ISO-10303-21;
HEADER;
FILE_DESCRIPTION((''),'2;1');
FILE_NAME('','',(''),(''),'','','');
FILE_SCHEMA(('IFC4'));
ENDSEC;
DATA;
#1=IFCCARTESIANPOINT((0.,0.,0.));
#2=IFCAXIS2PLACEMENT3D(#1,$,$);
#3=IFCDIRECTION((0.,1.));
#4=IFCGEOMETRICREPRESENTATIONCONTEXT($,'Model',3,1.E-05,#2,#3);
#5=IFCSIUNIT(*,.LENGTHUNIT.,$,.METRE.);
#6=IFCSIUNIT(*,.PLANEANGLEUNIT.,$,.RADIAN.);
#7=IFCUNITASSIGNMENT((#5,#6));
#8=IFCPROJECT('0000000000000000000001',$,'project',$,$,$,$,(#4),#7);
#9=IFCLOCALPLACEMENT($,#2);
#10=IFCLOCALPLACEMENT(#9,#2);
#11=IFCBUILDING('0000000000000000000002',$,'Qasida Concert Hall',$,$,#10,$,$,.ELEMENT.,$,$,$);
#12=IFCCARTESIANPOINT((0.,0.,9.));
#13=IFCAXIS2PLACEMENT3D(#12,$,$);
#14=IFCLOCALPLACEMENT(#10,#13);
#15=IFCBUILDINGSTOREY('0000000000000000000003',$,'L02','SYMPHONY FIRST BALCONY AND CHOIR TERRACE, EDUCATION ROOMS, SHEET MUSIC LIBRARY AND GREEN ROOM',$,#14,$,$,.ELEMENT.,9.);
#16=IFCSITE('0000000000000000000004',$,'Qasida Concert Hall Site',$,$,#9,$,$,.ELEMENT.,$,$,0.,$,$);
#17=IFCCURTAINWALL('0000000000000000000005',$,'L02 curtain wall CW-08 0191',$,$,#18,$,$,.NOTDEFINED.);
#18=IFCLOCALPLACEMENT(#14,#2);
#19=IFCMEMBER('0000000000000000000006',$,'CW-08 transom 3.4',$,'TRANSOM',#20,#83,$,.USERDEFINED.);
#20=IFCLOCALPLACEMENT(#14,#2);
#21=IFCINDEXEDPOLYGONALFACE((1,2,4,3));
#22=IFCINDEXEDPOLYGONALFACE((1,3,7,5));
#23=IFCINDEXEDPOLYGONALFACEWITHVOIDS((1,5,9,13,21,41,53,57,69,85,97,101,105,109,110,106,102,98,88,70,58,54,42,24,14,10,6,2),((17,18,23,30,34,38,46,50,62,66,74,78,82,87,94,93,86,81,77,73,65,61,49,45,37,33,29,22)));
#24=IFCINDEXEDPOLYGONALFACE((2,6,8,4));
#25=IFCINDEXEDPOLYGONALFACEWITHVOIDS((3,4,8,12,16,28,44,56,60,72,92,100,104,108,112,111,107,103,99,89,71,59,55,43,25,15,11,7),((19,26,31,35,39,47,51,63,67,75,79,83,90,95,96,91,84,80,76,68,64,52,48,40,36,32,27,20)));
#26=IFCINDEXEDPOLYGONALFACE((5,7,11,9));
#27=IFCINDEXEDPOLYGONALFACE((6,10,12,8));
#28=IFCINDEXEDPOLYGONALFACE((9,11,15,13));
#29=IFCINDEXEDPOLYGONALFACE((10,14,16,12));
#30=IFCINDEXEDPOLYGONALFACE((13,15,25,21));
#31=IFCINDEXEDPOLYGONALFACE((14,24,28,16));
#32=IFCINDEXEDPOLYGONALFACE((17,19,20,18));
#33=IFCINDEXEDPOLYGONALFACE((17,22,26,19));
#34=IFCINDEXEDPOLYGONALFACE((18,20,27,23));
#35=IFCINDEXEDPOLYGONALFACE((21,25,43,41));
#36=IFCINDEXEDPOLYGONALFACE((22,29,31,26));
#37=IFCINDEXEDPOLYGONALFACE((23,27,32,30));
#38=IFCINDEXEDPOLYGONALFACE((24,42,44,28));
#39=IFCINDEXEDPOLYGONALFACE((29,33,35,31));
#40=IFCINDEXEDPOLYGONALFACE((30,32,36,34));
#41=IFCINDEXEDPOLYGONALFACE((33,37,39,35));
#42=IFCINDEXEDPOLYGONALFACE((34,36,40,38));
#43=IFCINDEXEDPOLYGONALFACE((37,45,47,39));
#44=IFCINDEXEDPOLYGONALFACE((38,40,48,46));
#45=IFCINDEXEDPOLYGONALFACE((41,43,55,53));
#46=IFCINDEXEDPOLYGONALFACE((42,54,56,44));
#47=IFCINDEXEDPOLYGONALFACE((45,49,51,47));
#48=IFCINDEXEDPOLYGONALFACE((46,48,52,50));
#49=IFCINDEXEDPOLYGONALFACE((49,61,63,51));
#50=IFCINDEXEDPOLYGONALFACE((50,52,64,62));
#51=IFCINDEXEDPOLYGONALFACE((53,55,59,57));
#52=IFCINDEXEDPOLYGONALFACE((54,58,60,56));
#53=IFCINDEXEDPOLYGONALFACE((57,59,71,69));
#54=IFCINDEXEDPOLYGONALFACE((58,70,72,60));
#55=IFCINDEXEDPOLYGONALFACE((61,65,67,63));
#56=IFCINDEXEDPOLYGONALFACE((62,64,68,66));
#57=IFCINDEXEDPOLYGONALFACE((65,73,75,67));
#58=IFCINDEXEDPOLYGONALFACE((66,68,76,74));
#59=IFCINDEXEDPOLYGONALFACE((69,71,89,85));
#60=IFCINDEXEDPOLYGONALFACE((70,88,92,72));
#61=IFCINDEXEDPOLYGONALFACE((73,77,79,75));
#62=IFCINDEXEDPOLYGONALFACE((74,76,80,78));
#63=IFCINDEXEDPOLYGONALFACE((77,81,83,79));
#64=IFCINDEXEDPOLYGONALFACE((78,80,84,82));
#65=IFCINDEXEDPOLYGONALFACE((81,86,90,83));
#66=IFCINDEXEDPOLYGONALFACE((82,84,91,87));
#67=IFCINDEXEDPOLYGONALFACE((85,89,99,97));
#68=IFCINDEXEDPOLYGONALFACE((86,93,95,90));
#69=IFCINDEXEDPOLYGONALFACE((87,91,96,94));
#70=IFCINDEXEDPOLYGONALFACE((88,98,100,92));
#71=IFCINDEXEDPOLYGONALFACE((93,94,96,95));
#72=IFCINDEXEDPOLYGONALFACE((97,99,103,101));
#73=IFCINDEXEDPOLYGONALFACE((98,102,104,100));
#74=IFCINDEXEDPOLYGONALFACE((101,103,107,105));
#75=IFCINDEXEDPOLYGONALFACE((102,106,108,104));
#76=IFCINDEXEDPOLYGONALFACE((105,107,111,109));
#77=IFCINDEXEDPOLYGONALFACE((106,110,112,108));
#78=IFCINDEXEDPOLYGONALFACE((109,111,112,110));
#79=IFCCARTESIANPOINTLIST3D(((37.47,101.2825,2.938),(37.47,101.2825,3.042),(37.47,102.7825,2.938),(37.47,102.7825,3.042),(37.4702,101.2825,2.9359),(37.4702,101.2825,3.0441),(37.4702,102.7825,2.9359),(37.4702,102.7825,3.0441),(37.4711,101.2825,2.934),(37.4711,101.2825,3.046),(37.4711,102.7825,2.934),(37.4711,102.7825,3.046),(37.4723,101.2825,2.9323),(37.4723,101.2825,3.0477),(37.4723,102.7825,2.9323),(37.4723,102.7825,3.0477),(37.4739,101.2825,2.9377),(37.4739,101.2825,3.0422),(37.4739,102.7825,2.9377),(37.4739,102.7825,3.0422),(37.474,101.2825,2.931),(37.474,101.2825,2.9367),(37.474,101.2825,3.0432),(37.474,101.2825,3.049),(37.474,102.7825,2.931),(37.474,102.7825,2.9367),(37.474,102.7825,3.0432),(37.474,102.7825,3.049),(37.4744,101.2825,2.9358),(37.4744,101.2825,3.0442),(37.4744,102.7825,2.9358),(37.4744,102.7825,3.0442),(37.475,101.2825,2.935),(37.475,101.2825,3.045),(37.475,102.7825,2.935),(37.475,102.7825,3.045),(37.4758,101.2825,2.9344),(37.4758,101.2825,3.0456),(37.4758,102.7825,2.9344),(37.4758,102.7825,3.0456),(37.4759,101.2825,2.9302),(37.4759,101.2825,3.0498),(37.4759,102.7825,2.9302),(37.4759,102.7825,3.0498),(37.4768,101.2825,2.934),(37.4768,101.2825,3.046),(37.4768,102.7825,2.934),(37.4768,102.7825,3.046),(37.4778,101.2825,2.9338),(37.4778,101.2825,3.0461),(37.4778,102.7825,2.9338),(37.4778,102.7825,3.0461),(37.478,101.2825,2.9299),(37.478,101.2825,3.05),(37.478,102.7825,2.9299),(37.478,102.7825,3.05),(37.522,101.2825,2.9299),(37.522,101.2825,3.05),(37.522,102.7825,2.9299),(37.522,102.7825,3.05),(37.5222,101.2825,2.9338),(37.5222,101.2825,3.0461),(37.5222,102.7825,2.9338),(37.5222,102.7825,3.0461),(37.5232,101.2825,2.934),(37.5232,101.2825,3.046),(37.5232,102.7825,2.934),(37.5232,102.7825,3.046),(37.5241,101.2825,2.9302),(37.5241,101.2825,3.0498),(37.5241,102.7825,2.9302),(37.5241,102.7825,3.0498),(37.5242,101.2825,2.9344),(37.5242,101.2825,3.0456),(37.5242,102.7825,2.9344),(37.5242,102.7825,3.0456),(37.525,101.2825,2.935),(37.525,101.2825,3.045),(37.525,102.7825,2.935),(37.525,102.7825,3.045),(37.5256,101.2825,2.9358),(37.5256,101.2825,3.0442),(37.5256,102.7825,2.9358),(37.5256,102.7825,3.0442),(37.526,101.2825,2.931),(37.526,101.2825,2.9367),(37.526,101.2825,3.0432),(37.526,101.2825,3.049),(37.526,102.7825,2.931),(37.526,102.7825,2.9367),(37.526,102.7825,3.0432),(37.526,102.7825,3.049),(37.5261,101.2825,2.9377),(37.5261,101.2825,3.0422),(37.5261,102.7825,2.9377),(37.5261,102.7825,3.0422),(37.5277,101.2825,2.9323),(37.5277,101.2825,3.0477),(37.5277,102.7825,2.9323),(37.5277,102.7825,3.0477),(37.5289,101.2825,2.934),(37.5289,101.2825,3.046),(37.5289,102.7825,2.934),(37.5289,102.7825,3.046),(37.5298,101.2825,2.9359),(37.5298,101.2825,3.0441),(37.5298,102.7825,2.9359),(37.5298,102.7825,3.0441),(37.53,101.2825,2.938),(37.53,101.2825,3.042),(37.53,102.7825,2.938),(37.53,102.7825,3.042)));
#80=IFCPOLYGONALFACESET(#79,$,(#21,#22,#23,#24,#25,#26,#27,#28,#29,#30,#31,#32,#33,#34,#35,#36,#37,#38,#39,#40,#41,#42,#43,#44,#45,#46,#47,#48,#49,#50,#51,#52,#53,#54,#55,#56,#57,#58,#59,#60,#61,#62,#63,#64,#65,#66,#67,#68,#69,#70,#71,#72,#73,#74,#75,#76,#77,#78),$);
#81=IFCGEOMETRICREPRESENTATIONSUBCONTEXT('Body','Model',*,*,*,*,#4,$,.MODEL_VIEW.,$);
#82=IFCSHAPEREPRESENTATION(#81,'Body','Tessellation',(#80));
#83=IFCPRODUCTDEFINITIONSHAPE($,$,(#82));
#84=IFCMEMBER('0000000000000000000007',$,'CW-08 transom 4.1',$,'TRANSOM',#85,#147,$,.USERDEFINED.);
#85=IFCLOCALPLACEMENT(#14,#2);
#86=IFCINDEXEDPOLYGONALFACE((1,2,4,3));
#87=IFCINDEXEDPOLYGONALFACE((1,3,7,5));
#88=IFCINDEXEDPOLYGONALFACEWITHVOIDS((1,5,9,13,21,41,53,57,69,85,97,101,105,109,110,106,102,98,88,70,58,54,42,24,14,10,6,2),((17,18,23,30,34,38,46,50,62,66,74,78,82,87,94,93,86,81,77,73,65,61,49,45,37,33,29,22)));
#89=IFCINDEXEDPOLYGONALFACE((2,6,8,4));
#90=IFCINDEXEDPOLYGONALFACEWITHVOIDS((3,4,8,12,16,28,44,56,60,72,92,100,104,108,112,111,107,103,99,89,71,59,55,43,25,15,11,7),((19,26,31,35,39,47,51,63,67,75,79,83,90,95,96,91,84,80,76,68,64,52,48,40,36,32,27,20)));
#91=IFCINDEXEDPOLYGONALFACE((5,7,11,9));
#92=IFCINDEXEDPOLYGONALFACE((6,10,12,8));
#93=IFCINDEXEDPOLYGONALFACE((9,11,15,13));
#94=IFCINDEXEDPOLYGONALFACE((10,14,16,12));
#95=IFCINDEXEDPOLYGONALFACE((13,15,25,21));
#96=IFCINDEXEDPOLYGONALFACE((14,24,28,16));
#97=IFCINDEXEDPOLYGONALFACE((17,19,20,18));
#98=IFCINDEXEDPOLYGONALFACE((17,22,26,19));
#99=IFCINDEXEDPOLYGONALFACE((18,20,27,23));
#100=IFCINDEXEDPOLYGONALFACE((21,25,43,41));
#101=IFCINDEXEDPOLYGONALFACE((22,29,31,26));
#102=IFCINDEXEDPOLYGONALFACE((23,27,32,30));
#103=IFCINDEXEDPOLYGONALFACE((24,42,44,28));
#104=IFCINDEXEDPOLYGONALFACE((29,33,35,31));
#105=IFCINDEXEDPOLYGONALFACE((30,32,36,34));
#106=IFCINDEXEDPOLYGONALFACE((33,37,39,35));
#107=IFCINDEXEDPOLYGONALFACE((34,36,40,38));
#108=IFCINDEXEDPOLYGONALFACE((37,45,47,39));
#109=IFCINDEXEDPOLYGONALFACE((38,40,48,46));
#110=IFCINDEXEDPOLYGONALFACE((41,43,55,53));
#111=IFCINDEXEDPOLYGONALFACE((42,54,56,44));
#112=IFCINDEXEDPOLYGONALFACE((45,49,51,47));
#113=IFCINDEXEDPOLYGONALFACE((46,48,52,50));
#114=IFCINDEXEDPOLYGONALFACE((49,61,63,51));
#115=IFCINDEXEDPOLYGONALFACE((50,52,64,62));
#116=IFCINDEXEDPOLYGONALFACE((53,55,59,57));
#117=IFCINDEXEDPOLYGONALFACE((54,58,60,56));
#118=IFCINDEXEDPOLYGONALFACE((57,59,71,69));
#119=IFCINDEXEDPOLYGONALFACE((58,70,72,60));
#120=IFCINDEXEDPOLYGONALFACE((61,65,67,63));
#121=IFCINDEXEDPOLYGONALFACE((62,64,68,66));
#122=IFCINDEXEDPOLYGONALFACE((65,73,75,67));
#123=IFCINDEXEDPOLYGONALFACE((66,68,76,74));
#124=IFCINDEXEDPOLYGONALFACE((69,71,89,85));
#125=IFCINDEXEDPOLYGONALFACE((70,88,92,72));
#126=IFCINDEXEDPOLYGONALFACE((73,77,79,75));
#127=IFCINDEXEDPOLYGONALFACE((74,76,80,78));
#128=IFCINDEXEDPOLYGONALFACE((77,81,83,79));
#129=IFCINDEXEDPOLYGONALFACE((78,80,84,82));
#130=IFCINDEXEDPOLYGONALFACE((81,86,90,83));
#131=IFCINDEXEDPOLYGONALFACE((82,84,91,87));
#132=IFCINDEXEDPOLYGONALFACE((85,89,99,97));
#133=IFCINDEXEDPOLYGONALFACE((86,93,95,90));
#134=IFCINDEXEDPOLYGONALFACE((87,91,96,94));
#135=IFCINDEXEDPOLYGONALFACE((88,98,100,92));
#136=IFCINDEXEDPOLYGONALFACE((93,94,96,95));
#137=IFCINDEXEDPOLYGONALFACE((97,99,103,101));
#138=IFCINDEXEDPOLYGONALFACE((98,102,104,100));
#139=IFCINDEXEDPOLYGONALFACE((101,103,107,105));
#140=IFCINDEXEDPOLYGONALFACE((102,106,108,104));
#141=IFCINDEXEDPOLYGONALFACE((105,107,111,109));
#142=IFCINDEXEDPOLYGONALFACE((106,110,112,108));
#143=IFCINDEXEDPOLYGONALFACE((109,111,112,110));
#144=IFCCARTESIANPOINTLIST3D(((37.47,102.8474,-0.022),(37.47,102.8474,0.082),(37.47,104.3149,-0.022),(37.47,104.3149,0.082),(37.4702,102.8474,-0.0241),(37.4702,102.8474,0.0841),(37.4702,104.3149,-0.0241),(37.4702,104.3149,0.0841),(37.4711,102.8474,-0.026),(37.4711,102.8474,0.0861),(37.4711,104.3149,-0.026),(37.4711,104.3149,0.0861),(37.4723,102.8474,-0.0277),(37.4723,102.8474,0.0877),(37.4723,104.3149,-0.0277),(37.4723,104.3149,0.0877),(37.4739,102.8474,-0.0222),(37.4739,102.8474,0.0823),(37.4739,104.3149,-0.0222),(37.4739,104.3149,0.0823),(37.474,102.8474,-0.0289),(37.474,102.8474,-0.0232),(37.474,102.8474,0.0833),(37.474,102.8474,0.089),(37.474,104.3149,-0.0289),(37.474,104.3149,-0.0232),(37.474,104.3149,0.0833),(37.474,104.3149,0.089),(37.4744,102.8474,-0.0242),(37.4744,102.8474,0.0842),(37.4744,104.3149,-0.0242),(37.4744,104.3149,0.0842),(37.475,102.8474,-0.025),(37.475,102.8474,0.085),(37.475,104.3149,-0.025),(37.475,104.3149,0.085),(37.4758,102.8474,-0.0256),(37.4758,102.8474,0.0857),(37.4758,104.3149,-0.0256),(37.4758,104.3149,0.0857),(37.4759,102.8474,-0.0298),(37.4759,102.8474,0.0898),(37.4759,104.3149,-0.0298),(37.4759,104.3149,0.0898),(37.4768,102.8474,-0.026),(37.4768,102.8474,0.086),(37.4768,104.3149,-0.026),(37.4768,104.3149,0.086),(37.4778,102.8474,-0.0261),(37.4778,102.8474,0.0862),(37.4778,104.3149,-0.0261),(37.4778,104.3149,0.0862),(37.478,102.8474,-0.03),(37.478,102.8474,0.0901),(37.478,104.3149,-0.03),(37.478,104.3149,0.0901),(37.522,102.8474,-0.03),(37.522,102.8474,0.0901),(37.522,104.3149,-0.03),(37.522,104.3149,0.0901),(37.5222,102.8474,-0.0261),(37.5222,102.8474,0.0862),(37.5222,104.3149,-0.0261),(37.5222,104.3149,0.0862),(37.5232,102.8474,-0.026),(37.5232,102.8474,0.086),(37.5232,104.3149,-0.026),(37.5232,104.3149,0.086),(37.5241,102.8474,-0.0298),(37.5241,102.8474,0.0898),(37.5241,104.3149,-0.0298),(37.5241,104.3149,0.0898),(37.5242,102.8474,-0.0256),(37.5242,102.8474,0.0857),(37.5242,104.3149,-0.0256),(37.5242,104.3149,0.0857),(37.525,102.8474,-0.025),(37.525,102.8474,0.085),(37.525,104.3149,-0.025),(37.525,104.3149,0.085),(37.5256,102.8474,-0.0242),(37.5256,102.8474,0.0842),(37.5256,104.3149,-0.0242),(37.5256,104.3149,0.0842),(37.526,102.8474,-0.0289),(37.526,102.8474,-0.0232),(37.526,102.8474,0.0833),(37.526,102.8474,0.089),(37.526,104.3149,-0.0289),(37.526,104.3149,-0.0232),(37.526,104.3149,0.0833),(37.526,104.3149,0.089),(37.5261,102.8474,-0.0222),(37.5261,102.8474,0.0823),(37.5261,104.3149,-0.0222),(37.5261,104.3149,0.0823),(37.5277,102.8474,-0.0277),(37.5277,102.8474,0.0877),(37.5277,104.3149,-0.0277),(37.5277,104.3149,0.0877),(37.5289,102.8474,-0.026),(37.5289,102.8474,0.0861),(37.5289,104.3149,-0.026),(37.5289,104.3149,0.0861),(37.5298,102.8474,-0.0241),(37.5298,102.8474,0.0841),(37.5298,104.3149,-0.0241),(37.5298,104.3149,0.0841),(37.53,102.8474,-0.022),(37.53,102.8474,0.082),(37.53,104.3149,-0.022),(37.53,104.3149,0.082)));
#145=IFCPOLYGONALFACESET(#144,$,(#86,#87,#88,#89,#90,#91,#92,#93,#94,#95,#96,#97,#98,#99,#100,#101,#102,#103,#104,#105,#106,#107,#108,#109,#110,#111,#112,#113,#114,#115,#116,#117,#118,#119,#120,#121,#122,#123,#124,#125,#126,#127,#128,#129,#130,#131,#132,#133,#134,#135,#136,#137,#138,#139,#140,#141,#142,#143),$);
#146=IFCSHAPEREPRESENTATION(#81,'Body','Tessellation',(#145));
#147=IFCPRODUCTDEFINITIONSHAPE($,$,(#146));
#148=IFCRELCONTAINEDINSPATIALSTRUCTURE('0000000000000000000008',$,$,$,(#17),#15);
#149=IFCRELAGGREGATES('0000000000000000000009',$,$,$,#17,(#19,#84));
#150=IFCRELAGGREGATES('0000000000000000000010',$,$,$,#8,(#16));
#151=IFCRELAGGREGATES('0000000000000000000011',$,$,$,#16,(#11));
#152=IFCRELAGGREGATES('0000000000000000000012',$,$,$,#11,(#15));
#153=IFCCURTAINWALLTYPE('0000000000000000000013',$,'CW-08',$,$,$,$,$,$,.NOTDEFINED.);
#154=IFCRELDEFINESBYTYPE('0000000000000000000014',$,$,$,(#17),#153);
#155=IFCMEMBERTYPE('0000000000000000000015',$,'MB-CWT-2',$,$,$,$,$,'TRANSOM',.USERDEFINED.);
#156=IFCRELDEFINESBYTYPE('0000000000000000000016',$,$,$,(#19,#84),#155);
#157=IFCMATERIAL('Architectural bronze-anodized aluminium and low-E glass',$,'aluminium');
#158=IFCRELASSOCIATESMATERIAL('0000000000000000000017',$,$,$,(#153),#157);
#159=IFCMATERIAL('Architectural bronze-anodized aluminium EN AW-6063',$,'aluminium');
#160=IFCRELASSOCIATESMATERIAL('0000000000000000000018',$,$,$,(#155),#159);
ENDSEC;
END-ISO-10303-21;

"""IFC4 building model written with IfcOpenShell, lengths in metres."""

from ifc_helpers import new_model, si_unit, direction, frame, origin, origin_2d, place, context, subcontext, project, spatial, hollow_rectangle, extrude, material, material_profile, profile_set, type_object, element, aggregate, save


model = new_model("IFC4")

# Units and contexts
model_context = context("Model", 3, precision=1e-05, world=origin(), true_north=direction((0.0, 1.0)))
body_context = subcontext(model_context, "Body", "Model", "MODEL_VIEW")
ifc_project = project(units=[si_unit("LENGTHUNIT", "METRE"), si_unit("PLANEANGLEUNIT", "RADIAN")], contexts=[model_context])

# Site, building, storey
site_placement = place(None, origin())
site = spatial("IfcSite", under=ifc_project, at=site_placement, Name="Qasida Concert Hall Site", CompositionType="ELEMENT", RefElevation=0.0)
building_placement = place(site_placement, origin())
building = spatial("IfcBuilding", under=site, at=building_placement, Name="Qasida Concert Hall", CompositionType="ELEMENT")
storey_placement = place(building_placement, frame((0.0, 0.0, 9.0)))
storey = spatial("IfcBuildingStorey", under=building, at=storey_placement, Name="L02", Description="SYMPHONY FIRST BALCONY AND CHOIR TERRACE, EDUCATION ROOMS, SHEET MUSIC LIBRARY AND GREEN ROOM", CompositionType="ELEMENT", Elevation=9.0)

# Curtain wall, members
ifc_material_1 = material(Name="Architectural bronze-anodized aluminium and low-E glass", Category="aluminium")
curtain_wall_type = type_object("IfcCurtainWallType", Name="CW-08", PredefinedType="NOTDEFINED", material=ifc_material_1)
curtain_wall_placement = place(storey_placement, origin())
curtain_wall = element("IfcCurtainWall", 1, at=curtain_wall_placement, inside=storey, type_object=curtain_wall_type, Name="L02 curtain wall CW-08 0191", PredefinedType="NOTDEFINED")
ifc_material_2 = material(Name="Architectural bronze-anodized aluminium EN AW-6063", Category="aluminium")
ifc_material_profile_1 = material_profile(ifc_material_2, hollow_rectangle(XDim=0.0601, YDim=0.1201, WallThickness=0.0039, InnerFilletRadius=0.0039, OuterFilletRadius=0.0081, at=origin_2d()), Name="CWT 120x60x4")
ifc_profile_set_1 = profile_set([ifc_material_profile_1], Name="Architectural bronze-anodized aluminium EN AW-6063")
member_type_1 = type_object("IfcMemberType", Name="MB-CWT-2", ElementType="TRANSOM", PredefinedType="USERDEFINED", material=ifc_profile_set_1)
member_1_placement = place(storey_placement, frame((37.5, 101.2825, 2.99), z_axis=(0.0, 1.0, 0.0), x_axis=(-1.0, 0.0, 0.0)))
member_1 = element("IfcMember", 2, at=member_1_placement, type_object=member_type_1, Name="CW-08 transom 3.4", ObjectType="TRANSOM", PredefinedType="USERDEFINED", context=body_context, shape_type="SweptSolid", body=[
    extrude(hollow_rectangle(XDim=0.0601, YDim=0.1201, WallThickness=0.0039, InnerFilletRadius=0.0039, OuterFilletRadius=0.0081, at=origin_2d()), origin(), (0.0, 0.0, 1.0), 1.5),
])
member_2_placement = place(storey_placement, frame((37.5, 102.8474, 0.03), z_axis=(0.0, 1.0, 0.0), x_axis=(-1.0, 0.0, 0.0)))
member_2 = element("IfcMember", 3, at=member_2_placement, type_object=member_type_1, Name="CW-08 transom 4.1", ObjectType="TRANSOM", PredefinedType="USERDEFINED", context=body_context, shape_type="SweptSolid", body=[
    extrude(hollow_rectangle(XDim=0.0601, YDim=0.1201, WallThickness=0.0039, InnerFilletRadius=0.0039, OuterFilletRadius=0.0081, at=origin_2d()), origin(), (0.0, 0.0, 1.0), 1.4675),
])
aggregate(curtain_wall, [member_1, member_2])

save(model, "model.ifc")
